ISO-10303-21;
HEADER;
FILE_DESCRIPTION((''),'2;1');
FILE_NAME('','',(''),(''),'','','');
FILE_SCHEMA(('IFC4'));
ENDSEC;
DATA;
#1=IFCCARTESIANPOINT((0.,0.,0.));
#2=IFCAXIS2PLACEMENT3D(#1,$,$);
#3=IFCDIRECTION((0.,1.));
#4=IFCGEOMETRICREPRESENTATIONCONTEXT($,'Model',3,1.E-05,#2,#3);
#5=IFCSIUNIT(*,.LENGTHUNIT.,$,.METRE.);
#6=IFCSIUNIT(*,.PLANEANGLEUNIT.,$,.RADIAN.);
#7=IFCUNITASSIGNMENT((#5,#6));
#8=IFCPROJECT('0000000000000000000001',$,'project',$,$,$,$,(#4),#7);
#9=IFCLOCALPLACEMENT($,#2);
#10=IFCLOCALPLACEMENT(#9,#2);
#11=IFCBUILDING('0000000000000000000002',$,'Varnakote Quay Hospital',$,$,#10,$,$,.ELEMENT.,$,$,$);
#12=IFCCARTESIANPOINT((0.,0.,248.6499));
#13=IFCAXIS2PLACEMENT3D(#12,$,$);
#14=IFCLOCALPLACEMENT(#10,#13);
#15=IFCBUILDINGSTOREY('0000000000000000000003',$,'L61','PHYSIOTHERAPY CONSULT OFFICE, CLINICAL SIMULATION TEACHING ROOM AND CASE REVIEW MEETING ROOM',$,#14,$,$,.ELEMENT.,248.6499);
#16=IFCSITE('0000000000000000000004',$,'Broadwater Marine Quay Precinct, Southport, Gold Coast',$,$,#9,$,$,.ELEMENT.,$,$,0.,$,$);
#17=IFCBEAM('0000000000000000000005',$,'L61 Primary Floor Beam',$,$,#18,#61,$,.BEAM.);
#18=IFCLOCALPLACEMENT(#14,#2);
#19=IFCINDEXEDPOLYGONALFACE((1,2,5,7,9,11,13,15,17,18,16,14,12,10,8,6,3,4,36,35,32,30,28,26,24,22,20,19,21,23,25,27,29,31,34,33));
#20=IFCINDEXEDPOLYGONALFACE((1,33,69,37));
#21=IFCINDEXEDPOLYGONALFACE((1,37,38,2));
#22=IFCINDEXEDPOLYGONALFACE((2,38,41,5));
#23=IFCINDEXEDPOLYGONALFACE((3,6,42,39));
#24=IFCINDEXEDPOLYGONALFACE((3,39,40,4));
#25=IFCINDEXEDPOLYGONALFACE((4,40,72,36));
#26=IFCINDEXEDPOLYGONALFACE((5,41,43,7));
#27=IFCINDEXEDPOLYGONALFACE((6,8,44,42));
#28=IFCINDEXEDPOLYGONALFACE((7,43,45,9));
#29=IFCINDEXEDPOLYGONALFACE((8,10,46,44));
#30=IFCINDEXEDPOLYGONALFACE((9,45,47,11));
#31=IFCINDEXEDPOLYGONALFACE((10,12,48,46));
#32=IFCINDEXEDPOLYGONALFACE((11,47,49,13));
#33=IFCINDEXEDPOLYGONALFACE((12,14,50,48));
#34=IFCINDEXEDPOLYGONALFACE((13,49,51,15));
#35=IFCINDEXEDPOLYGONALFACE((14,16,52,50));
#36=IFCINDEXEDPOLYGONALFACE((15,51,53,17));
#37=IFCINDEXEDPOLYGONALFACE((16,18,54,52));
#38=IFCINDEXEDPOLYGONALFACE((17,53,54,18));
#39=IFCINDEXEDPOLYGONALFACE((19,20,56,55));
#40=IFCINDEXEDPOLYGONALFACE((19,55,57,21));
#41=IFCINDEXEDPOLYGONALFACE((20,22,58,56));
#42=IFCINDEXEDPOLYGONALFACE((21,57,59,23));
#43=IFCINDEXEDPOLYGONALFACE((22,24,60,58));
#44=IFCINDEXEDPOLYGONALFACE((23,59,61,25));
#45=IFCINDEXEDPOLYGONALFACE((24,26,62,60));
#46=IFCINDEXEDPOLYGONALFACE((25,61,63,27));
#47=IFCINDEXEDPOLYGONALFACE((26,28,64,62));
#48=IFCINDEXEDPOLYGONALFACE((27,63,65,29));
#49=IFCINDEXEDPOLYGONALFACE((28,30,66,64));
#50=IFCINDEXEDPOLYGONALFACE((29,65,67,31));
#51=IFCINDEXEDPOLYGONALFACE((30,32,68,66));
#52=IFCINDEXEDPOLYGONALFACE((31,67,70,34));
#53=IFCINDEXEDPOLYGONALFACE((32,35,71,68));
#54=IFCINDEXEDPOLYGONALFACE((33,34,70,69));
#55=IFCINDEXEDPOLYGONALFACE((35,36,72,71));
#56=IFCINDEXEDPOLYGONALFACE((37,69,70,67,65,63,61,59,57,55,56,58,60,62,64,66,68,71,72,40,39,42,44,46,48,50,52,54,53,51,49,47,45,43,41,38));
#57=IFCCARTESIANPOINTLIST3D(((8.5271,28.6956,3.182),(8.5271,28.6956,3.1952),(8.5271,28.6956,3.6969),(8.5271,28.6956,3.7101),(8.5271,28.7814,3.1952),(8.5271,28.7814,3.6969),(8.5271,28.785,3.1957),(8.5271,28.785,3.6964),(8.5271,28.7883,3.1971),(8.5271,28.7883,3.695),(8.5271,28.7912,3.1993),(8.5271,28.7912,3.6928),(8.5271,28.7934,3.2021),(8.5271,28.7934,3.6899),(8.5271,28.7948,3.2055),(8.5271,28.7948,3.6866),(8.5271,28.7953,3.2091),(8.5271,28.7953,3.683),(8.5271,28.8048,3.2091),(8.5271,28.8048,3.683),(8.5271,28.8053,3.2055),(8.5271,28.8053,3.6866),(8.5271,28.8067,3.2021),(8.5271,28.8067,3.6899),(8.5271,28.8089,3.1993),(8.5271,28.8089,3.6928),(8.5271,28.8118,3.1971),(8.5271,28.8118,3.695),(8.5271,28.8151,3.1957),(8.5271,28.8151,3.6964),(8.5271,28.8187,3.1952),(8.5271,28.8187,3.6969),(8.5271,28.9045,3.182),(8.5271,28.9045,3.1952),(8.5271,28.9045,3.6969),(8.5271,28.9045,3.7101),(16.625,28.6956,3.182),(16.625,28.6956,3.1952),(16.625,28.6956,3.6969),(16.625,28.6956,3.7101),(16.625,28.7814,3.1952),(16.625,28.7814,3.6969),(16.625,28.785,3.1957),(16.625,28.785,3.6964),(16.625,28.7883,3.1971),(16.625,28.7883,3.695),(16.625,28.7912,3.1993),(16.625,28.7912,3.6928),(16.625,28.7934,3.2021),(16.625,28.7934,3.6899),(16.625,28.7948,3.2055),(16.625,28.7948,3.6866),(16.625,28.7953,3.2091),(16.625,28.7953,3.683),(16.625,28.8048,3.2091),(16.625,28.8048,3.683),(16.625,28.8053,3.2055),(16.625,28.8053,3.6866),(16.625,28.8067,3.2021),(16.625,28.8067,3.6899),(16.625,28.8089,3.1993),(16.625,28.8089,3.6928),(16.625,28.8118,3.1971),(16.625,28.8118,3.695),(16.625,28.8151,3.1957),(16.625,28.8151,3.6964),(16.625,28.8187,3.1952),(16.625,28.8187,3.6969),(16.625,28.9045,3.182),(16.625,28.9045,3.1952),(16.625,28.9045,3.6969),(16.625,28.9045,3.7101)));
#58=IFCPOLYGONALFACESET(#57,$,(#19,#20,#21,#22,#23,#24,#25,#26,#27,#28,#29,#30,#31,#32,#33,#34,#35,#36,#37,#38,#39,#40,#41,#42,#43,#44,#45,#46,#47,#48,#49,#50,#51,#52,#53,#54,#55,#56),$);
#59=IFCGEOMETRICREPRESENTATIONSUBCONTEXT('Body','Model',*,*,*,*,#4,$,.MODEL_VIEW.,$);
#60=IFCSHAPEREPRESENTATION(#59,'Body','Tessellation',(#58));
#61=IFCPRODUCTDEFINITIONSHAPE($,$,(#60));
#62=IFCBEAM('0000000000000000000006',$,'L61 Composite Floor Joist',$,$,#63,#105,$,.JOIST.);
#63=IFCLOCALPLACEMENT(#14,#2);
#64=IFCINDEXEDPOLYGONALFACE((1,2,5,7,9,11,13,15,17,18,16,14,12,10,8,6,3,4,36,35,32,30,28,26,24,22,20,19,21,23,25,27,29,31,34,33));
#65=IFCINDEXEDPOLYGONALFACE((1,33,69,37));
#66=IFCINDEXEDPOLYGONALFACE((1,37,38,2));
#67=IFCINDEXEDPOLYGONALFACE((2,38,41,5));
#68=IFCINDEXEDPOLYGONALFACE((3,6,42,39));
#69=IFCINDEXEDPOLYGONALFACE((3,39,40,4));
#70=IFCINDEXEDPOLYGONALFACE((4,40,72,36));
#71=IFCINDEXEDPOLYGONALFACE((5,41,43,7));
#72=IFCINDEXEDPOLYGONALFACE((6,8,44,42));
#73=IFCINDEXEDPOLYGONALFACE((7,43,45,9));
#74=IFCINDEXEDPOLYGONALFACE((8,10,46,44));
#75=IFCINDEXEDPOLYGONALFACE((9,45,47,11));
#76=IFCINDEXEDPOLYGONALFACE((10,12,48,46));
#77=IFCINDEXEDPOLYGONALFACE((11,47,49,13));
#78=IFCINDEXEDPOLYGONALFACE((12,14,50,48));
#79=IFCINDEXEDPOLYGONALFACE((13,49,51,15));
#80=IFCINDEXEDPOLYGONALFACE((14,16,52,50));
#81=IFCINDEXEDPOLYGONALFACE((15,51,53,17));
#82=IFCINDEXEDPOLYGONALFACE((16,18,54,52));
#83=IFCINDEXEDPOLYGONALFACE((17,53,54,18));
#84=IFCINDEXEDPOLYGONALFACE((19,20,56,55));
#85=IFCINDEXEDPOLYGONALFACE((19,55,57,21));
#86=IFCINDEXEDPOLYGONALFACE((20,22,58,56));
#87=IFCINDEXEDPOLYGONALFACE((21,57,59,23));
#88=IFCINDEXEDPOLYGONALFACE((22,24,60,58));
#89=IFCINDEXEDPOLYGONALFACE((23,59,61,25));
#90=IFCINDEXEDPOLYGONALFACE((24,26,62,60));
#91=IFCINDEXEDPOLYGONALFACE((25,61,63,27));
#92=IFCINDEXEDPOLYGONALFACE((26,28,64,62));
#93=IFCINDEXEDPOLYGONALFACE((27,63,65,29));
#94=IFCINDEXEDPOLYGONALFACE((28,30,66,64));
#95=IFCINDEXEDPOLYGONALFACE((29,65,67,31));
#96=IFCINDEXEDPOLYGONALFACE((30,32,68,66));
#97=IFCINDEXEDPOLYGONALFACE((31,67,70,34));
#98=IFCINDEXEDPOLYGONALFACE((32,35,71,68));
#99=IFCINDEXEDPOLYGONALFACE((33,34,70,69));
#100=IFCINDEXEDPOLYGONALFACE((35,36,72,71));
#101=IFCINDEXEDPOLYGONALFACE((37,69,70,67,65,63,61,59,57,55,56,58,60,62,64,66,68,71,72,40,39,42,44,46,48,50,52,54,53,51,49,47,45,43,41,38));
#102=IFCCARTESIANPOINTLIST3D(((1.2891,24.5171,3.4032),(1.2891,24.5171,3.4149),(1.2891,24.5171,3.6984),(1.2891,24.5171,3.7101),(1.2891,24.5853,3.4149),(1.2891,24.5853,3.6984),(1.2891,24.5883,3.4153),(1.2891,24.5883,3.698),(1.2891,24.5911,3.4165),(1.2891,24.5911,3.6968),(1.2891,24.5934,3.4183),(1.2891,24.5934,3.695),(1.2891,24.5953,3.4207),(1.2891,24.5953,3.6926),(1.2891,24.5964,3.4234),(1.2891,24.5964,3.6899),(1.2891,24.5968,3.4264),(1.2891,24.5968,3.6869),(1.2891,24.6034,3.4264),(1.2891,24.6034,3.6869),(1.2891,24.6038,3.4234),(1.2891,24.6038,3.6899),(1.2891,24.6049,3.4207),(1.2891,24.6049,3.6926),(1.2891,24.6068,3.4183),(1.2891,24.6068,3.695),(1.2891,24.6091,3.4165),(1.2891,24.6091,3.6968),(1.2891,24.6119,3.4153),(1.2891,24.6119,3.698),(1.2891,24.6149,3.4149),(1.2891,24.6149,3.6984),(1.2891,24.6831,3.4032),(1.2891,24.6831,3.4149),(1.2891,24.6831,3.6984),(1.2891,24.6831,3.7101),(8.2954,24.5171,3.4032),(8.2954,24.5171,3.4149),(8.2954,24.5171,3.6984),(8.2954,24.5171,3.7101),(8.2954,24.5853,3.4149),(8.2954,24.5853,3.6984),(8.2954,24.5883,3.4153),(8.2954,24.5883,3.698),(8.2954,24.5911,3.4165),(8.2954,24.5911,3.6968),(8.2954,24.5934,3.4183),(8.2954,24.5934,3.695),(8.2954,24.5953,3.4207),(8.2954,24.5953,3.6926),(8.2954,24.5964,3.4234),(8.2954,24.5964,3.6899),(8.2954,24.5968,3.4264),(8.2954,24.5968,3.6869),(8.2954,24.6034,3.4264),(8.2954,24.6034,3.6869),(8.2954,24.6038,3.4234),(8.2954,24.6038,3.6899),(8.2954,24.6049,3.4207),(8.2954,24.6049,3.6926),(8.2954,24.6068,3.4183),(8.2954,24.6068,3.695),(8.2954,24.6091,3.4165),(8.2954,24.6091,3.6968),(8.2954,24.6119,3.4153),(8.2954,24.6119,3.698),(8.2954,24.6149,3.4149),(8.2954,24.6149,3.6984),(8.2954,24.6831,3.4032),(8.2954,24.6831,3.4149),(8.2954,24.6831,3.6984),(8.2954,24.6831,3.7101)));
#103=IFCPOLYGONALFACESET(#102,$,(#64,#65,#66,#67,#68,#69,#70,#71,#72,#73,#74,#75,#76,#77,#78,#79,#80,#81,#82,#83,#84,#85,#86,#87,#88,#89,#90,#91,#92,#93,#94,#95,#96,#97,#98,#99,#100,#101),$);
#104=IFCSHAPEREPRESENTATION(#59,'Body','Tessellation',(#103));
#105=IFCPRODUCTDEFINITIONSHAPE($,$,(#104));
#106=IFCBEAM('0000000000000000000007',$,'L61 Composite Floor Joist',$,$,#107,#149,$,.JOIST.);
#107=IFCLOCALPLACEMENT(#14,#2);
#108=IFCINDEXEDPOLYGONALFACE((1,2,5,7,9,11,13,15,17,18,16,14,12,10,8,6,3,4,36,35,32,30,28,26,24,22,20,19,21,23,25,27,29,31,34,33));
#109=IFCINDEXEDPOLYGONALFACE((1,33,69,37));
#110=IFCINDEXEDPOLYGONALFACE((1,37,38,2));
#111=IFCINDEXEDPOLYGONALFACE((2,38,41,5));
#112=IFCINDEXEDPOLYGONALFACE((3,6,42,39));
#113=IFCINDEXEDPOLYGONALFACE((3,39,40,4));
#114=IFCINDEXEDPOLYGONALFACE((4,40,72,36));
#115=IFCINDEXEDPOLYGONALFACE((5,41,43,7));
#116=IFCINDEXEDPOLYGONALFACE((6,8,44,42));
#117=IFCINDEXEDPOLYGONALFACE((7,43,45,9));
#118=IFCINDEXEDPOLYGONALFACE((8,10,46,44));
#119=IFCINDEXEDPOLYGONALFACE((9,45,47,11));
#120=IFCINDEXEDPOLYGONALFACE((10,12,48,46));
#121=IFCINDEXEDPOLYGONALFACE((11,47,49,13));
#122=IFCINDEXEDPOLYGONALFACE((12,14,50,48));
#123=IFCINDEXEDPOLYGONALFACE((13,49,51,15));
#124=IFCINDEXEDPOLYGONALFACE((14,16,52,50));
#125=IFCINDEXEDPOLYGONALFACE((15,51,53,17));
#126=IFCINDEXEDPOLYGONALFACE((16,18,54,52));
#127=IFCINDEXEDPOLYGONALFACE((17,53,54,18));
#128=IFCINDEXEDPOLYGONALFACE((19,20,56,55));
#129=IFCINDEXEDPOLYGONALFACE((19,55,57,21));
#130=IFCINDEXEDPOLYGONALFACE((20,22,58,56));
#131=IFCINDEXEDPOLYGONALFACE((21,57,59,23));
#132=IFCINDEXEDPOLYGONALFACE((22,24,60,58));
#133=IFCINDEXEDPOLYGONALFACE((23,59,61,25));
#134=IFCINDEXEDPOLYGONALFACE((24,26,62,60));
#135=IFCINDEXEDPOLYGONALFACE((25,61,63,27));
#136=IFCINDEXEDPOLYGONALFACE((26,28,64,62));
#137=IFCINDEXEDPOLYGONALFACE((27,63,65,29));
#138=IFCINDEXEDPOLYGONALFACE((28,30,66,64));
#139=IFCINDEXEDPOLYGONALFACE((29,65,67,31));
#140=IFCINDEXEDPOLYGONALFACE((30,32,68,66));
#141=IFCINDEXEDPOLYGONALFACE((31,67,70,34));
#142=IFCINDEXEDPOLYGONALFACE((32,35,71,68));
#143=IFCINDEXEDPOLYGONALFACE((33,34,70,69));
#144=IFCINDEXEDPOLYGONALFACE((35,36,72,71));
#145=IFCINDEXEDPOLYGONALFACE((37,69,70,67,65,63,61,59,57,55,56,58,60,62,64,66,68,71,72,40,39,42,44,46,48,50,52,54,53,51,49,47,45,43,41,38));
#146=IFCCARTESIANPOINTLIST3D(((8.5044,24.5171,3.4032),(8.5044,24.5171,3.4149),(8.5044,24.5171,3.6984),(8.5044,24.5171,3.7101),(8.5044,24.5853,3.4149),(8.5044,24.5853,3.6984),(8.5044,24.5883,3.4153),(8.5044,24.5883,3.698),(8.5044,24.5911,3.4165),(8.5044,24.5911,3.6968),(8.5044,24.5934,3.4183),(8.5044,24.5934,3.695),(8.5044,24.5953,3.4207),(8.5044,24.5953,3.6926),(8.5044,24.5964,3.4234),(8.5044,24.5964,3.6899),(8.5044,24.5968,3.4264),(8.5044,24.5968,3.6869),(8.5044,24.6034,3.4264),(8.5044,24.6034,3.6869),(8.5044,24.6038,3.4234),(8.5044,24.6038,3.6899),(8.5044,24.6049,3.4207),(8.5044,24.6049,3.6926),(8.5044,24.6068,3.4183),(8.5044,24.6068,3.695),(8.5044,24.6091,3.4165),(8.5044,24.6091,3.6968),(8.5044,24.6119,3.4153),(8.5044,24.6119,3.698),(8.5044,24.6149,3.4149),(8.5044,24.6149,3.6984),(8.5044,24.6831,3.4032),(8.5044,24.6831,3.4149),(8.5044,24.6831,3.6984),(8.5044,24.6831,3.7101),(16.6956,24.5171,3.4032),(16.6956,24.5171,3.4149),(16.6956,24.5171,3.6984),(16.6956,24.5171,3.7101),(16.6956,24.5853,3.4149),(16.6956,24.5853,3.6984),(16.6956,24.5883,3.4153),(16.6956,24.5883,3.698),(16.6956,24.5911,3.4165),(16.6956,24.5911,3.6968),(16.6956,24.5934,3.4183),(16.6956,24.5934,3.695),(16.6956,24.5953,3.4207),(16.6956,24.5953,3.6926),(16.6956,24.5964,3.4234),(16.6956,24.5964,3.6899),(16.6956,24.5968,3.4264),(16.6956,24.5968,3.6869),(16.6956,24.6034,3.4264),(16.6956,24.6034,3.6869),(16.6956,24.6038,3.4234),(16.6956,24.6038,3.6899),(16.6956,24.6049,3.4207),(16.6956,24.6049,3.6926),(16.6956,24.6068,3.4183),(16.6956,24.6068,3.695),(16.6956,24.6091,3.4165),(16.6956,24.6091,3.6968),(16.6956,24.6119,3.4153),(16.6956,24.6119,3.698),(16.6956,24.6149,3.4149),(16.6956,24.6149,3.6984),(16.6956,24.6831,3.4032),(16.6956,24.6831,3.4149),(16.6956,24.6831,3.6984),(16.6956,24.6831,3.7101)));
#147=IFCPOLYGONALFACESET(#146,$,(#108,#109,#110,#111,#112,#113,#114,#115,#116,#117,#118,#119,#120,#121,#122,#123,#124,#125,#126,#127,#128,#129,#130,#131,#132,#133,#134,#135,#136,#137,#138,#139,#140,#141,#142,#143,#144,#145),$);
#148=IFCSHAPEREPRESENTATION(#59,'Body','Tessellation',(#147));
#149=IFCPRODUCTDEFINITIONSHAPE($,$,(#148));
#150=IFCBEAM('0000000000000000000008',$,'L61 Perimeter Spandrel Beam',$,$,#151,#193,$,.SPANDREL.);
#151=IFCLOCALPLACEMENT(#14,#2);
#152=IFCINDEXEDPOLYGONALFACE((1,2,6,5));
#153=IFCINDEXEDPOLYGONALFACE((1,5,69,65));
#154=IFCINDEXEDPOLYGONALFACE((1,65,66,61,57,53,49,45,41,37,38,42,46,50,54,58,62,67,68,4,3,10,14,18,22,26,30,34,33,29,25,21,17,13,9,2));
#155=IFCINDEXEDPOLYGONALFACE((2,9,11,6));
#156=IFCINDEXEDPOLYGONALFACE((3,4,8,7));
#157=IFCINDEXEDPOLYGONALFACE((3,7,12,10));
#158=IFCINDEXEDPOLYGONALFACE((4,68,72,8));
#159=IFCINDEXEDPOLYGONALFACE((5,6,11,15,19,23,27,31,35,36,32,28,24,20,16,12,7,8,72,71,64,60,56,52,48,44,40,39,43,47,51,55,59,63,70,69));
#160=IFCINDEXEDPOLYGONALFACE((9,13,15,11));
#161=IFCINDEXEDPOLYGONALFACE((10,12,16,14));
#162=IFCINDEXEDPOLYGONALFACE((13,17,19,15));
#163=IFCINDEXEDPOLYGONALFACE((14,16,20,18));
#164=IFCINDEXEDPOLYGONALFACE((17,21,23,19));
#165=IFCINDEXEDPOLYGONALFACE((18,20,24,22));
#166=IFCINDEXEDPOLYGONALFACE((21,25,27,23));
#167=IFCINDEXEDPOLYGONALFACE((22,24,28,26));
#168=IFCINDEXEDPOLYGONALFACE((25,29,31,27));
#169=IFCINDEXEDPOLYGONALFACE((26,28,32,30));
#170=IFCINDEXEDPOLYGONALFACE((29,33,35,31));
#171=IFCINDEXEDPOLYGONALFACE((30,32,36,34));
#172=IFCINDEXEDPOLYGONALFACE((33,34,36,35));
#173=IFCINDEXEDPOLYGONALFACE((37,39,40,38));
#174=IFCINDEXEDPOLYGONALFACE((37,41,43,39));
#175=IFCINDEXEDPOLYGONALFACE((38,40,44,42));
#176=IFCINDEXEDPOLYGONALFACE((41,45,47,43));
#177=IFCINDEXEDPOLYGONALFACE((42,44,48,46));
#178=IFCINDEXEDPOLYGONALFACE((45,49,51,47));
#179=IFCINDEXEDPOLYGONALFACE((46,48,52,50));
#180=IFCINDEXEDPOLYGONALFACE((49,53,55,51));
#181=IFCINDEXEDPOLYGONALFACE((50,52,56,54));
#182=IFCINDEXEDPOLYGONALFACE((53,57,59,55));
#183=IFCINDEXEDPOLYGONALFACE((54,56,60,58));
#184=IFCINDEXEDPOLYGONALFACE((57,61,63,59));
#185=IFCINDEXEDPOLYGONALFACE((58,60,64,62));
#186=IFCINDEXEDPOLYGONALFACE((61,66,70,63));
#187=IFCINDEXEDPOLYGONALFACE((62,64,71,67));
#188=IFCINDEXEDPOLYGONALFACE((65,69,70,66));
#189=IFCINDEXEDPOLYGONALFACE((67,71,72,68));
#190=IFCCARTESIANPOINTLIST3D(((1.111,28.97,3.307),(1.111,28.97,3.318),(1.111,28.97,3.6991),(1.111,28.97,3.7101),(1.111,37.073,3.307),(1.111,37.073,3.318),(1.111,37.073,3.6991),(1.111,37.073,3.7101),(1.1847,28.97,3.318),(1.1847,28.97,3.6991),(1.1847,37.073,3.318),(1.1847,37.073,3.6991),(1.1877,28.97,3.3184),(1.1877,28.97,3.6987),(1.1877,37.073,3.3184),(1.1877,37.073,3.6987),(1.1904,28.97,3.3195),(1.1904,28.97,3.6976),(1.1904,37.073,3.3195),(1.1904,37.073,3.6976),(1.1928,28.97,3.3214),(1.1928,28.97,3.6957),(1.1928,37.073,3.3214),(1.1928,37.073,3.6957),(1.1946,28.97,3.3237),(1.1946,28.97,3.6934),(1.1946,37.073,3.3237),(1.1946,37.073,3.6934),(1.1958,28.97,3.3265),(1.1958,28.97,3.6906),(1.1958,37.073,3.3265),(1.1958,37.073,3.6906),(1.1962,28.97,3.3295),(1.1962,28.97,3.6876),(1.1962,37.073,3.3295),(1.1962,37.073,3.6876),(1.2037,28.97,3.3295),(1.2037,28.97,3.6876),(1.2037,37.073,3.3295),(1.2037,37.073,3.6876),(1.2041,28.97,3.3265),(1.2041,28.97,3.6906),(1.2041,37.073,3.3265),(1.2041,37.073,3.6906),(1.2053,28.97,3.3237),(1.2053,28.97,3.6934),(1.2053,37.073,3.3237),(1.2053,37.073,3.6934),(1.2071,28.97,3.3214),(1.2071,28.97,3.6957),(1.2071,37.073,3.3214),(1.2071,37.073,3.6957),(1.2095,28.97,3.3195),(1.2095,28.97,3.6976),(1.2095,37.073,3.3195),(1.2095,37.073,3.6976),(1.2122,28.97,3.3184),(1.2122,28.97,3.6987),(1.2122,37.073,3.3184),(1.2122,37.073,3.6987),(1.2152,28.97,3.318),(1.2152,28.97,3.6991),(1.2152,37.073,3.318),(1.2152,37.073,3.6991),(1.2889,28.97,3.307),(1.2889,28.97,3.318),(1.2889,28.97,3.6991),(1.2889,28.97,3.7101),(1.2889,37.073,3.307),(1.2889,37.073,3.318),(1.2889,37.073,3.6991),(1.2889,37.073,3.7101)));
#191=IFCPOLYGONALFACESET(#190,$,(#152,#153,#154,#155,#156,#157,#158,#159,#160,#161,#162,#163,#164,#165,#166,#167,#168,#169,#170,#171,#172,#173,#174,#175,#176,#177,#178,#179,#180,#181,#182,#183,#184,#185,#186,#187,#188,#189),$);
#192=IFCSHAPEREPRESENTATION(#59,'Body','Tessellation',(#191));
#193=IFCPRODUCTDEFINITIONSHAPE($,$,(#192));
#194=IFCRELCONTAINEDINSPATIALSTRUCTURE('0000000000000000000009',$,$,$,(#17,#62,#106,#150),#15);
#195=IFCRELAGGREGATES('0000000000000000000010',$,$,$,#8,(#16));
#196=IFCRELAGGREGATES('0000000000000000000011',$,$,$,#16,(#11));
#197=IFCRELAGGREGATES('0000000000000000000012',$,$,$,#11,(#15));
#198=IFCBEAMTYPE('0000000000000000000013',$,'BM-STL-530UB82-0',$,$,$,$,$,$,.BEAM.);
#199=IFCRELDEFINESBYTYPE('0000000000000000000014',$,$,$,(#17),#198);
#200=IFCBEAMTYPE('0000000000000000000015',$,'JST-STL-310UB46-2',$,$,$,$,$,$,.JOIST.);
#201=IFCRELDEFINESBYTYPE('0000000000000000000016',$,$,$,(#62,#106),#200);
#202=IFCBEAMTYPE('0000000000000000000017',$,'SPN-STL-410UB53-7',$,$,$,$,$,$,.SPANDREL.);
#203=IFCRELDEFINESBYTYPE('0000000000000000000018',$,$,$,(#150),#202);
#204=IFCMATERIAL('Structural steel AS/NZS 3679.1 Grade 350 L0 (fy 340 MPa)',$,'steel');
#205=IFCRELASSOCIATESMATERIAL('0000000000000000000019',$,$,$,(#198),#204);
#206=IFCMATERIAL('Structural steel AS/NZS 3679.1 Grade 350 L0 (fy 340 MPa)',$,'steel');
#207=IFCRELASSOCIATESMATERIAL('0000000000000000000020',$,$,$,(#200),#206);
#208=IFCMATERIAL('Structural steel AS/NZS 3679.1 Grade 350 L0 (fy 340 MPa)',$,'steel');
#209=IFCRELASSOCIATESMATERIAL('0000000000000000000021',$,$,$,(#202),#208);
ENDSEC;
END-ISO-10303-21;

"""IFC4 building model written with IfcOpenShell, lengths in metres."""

from ifc_helpers import new_model, si_unit, direction, frame, origin, origin_2d, place, context, subcontext, project, spatial, i_section, extrude, material, material_profile, profile_set, type_object, element, save


model = new_model("IFC4")

# Units and contexts
model_context = context("Model", 3, precision=1e-05, world=origin(), true_north=direction((0.0, 1.0)))
body_context = subcontext(model_context, "Body", "Model", "MODEL_VIEW")
ifc_project = project(units=[si_unit("LENGTHUNIT", "METRE"), si_unit("PLANEANGLEUNIT", "RADIAN")], contexts=[model_context])

# Site, building, storey
site_placement = place(None, origin())
site = spatial("IfcSite", under=ifc_project, at=site_placement, Name="Broadwater Marine Quay Precinct, Southport, Gold Coast", CompositionType="ELEMENT", RefElevation=0.0)
building_placement = place(site_placement, origin())
building = spatial("IfcBuilding", under=site, at=building_placement, Name="Varnakote Quay Hospital", CompositionType="ELEMENT")
storey_placement = place(building_placement, frame((0.0, 0.0, 248.6499)))
storey = spatial("IfcBuildingStorey", under=building, at=storey_placement, Name="L61", Description="PHYSIOTHERAPY CONSULT OFFICE, CLINICAL SIMULATION TEACHING ROOM AND CASE REVIEW MEETING ROOM", CompositionType="ELEMENT", Elevation=248.6499)

# Beams
ifc_material_1 = material(Name="Structural steel AS/NZS 3679.1 Grade 350 L0 (fy 340 MPa)", Category="steel")
ifc_material_profile_1 = material_profile(ifc_material_1, i_section(OverallWidth=0.209, OverallDepth=0.5281, WebThickness=0.0095, FlangeThickness=0.0132, FilletRadius=0.0139, at=origin_2d()), Name="530UB82.0")
ifc_profile_set_1 = profile_set([ifc_material_profile_1], Name="Structural steel AS/NZS 3679.1 Grade 350 L0 (fy 340 MPa)")
beam_type_1 = type_object("IfcBeamType", Name="BM-STL-530UB82-0", PredefinedType="BEAM", material=ifc_profile_set_1)
beam_1_placement = place(storey_placement, frame((8.5271, 28.8, 3.446), z_axis=(1.0, 0.0, 0.0), x_axis=(0.0, 1.0, 0.0)))
element("IfcBeam", 1, at=beam_1_placement, inside=storey, type_object=beam_type_1, Name="L61 Primary Floor Beam", PredefinedType="BEAM", context=body_context, shape_type="SweptSolid", body=[
    extrude(i_section(OverallWidth=0.209, OverallDepth=0.5281, WebThickness=0.0095, FlangeThickness=0.0132, FilletRadius=0.0139, at=origin_2d()), origin(), (0.0, 0.0, 1.0), 8.0979),
])
ifc_material_2 = material(Name="Structural steel AS/NZS 3679.1 Grade 350 L0 (fy 340 MPa)", Category="steel")
ifc_material_profile_2 = material_profile(ifc_material_2, i_section(OverallWidth=0.166, OverallDepth=0.3069, WebThickness=0.0066, FlangeThickness=0.0117, FilletRadius=0.0115, at=origin_2d()), Name="310UB46.2")
ifc_profile_set_2 = profile_set([ifc_material_profile_2], Name="Structural steel AS/NZS 3679.1 Grade 350 L0 (fy 340 MPa)")
beam_type_2 = type_object("IfcBeamType", Name="JST-STL-310UB46-2", PredefinedType="JOIST", material=ifc_profile_set_2)
beam_2_placement = place(storey_placement, frame((1.2891, 24.6001, 3.5566), z_axis=(1.0, 0.0, 0.0), x_axis=(0.0, 1.0, 0.0)))
element("IfcBeam", 2, at=beam_2_placement, inside=storey, type_object=beam_type_2, Name="L61 Composite Floor Joist", PredefinedType="JOIST", context=body_context, shape_type="SweptSolid", body=[
    extrude(i_section(OverallWidth=0.166, OverallDepth=0.3069, WebThickness=0.0066, FlangeThickness=0.0117, FilletRadius=0.0115, at=origin_2d()), origin(), (0.0, 0.0, 1.0), 7.0063),
])
beam_3_placement = place(storey_placement, frame((8.5044, 24.6001, 3.5566), z_axis=(1.0, 0.0, 0.0), x_axis=(0.0, 1.0, 0.0)))
element("IfcBeam", 3, at=beam_3_placement, inside=storey, type_object=beam_type_2, Name="L61 Composite Floor Joist", PredefinedType="JOIST", context=body_context, shape_type="SweptSolid", body=[
    extrude(i_section(OverallWidth=0.166, OverallDepth=0.3069, WebThickness=0.0066, FlangeThickness=0.0117, FilletRadius=0.0115, at=origin_2d()), origin(), (0.0, 0.0, 1.0), 8.1912),
])
ifc_material_3 = material(Name="Structural steel AS/NZS 3679.1 Grade 350 L0 (fy 340 MPa)", Category="steel")
ifc_material_profile_3 = material_profile(ifc_material_3, i_section(OverallWidth=0.178, OverallDepth=0.4031, WebThickness=0.0076, FlangeThickness=0.011, FilletRadius=0.0115, at=origin_2d()), Name="410UB53.7")
ifc_profile_set_3 = profile_set([ifc_material_profile_3], Name="Structural steel AS/NZS 3679.1 Grade 350 L0 (fy 340 MPa)")
beam_type_3 = type_object("IfcBeamType", Name="SPN-STL-410UB53-7", PredefinedType="SPANDREL", material=ifc_profile_set_3)
beam_4_placement = place(storey_placement, frame((1.2, 28.97, 3.5085), z_axis=(0.0, 1.0, 0.0), x_axis=(-1.0, 0.0, 0.0)))
element("IfcBeam", 4, at=beam_4_placement, inside=storey, type_object=beam_type_3, Name="L61 Perimeter Spandrel Beam", PredefinedType="SPANDREL", context=body_context, shape_type="SweptSolid", body=[
    extrude(i_section(OverallWidth=0.178, OverallDepth=0.4031, WebThickness=0.0076, FlangeThickness=0.011, FilletRadius=0.0115, at=origin_2d()), origin(), (0.0, 0.0, 1.0), 8.103),
])

save(model, "model.ifc")
